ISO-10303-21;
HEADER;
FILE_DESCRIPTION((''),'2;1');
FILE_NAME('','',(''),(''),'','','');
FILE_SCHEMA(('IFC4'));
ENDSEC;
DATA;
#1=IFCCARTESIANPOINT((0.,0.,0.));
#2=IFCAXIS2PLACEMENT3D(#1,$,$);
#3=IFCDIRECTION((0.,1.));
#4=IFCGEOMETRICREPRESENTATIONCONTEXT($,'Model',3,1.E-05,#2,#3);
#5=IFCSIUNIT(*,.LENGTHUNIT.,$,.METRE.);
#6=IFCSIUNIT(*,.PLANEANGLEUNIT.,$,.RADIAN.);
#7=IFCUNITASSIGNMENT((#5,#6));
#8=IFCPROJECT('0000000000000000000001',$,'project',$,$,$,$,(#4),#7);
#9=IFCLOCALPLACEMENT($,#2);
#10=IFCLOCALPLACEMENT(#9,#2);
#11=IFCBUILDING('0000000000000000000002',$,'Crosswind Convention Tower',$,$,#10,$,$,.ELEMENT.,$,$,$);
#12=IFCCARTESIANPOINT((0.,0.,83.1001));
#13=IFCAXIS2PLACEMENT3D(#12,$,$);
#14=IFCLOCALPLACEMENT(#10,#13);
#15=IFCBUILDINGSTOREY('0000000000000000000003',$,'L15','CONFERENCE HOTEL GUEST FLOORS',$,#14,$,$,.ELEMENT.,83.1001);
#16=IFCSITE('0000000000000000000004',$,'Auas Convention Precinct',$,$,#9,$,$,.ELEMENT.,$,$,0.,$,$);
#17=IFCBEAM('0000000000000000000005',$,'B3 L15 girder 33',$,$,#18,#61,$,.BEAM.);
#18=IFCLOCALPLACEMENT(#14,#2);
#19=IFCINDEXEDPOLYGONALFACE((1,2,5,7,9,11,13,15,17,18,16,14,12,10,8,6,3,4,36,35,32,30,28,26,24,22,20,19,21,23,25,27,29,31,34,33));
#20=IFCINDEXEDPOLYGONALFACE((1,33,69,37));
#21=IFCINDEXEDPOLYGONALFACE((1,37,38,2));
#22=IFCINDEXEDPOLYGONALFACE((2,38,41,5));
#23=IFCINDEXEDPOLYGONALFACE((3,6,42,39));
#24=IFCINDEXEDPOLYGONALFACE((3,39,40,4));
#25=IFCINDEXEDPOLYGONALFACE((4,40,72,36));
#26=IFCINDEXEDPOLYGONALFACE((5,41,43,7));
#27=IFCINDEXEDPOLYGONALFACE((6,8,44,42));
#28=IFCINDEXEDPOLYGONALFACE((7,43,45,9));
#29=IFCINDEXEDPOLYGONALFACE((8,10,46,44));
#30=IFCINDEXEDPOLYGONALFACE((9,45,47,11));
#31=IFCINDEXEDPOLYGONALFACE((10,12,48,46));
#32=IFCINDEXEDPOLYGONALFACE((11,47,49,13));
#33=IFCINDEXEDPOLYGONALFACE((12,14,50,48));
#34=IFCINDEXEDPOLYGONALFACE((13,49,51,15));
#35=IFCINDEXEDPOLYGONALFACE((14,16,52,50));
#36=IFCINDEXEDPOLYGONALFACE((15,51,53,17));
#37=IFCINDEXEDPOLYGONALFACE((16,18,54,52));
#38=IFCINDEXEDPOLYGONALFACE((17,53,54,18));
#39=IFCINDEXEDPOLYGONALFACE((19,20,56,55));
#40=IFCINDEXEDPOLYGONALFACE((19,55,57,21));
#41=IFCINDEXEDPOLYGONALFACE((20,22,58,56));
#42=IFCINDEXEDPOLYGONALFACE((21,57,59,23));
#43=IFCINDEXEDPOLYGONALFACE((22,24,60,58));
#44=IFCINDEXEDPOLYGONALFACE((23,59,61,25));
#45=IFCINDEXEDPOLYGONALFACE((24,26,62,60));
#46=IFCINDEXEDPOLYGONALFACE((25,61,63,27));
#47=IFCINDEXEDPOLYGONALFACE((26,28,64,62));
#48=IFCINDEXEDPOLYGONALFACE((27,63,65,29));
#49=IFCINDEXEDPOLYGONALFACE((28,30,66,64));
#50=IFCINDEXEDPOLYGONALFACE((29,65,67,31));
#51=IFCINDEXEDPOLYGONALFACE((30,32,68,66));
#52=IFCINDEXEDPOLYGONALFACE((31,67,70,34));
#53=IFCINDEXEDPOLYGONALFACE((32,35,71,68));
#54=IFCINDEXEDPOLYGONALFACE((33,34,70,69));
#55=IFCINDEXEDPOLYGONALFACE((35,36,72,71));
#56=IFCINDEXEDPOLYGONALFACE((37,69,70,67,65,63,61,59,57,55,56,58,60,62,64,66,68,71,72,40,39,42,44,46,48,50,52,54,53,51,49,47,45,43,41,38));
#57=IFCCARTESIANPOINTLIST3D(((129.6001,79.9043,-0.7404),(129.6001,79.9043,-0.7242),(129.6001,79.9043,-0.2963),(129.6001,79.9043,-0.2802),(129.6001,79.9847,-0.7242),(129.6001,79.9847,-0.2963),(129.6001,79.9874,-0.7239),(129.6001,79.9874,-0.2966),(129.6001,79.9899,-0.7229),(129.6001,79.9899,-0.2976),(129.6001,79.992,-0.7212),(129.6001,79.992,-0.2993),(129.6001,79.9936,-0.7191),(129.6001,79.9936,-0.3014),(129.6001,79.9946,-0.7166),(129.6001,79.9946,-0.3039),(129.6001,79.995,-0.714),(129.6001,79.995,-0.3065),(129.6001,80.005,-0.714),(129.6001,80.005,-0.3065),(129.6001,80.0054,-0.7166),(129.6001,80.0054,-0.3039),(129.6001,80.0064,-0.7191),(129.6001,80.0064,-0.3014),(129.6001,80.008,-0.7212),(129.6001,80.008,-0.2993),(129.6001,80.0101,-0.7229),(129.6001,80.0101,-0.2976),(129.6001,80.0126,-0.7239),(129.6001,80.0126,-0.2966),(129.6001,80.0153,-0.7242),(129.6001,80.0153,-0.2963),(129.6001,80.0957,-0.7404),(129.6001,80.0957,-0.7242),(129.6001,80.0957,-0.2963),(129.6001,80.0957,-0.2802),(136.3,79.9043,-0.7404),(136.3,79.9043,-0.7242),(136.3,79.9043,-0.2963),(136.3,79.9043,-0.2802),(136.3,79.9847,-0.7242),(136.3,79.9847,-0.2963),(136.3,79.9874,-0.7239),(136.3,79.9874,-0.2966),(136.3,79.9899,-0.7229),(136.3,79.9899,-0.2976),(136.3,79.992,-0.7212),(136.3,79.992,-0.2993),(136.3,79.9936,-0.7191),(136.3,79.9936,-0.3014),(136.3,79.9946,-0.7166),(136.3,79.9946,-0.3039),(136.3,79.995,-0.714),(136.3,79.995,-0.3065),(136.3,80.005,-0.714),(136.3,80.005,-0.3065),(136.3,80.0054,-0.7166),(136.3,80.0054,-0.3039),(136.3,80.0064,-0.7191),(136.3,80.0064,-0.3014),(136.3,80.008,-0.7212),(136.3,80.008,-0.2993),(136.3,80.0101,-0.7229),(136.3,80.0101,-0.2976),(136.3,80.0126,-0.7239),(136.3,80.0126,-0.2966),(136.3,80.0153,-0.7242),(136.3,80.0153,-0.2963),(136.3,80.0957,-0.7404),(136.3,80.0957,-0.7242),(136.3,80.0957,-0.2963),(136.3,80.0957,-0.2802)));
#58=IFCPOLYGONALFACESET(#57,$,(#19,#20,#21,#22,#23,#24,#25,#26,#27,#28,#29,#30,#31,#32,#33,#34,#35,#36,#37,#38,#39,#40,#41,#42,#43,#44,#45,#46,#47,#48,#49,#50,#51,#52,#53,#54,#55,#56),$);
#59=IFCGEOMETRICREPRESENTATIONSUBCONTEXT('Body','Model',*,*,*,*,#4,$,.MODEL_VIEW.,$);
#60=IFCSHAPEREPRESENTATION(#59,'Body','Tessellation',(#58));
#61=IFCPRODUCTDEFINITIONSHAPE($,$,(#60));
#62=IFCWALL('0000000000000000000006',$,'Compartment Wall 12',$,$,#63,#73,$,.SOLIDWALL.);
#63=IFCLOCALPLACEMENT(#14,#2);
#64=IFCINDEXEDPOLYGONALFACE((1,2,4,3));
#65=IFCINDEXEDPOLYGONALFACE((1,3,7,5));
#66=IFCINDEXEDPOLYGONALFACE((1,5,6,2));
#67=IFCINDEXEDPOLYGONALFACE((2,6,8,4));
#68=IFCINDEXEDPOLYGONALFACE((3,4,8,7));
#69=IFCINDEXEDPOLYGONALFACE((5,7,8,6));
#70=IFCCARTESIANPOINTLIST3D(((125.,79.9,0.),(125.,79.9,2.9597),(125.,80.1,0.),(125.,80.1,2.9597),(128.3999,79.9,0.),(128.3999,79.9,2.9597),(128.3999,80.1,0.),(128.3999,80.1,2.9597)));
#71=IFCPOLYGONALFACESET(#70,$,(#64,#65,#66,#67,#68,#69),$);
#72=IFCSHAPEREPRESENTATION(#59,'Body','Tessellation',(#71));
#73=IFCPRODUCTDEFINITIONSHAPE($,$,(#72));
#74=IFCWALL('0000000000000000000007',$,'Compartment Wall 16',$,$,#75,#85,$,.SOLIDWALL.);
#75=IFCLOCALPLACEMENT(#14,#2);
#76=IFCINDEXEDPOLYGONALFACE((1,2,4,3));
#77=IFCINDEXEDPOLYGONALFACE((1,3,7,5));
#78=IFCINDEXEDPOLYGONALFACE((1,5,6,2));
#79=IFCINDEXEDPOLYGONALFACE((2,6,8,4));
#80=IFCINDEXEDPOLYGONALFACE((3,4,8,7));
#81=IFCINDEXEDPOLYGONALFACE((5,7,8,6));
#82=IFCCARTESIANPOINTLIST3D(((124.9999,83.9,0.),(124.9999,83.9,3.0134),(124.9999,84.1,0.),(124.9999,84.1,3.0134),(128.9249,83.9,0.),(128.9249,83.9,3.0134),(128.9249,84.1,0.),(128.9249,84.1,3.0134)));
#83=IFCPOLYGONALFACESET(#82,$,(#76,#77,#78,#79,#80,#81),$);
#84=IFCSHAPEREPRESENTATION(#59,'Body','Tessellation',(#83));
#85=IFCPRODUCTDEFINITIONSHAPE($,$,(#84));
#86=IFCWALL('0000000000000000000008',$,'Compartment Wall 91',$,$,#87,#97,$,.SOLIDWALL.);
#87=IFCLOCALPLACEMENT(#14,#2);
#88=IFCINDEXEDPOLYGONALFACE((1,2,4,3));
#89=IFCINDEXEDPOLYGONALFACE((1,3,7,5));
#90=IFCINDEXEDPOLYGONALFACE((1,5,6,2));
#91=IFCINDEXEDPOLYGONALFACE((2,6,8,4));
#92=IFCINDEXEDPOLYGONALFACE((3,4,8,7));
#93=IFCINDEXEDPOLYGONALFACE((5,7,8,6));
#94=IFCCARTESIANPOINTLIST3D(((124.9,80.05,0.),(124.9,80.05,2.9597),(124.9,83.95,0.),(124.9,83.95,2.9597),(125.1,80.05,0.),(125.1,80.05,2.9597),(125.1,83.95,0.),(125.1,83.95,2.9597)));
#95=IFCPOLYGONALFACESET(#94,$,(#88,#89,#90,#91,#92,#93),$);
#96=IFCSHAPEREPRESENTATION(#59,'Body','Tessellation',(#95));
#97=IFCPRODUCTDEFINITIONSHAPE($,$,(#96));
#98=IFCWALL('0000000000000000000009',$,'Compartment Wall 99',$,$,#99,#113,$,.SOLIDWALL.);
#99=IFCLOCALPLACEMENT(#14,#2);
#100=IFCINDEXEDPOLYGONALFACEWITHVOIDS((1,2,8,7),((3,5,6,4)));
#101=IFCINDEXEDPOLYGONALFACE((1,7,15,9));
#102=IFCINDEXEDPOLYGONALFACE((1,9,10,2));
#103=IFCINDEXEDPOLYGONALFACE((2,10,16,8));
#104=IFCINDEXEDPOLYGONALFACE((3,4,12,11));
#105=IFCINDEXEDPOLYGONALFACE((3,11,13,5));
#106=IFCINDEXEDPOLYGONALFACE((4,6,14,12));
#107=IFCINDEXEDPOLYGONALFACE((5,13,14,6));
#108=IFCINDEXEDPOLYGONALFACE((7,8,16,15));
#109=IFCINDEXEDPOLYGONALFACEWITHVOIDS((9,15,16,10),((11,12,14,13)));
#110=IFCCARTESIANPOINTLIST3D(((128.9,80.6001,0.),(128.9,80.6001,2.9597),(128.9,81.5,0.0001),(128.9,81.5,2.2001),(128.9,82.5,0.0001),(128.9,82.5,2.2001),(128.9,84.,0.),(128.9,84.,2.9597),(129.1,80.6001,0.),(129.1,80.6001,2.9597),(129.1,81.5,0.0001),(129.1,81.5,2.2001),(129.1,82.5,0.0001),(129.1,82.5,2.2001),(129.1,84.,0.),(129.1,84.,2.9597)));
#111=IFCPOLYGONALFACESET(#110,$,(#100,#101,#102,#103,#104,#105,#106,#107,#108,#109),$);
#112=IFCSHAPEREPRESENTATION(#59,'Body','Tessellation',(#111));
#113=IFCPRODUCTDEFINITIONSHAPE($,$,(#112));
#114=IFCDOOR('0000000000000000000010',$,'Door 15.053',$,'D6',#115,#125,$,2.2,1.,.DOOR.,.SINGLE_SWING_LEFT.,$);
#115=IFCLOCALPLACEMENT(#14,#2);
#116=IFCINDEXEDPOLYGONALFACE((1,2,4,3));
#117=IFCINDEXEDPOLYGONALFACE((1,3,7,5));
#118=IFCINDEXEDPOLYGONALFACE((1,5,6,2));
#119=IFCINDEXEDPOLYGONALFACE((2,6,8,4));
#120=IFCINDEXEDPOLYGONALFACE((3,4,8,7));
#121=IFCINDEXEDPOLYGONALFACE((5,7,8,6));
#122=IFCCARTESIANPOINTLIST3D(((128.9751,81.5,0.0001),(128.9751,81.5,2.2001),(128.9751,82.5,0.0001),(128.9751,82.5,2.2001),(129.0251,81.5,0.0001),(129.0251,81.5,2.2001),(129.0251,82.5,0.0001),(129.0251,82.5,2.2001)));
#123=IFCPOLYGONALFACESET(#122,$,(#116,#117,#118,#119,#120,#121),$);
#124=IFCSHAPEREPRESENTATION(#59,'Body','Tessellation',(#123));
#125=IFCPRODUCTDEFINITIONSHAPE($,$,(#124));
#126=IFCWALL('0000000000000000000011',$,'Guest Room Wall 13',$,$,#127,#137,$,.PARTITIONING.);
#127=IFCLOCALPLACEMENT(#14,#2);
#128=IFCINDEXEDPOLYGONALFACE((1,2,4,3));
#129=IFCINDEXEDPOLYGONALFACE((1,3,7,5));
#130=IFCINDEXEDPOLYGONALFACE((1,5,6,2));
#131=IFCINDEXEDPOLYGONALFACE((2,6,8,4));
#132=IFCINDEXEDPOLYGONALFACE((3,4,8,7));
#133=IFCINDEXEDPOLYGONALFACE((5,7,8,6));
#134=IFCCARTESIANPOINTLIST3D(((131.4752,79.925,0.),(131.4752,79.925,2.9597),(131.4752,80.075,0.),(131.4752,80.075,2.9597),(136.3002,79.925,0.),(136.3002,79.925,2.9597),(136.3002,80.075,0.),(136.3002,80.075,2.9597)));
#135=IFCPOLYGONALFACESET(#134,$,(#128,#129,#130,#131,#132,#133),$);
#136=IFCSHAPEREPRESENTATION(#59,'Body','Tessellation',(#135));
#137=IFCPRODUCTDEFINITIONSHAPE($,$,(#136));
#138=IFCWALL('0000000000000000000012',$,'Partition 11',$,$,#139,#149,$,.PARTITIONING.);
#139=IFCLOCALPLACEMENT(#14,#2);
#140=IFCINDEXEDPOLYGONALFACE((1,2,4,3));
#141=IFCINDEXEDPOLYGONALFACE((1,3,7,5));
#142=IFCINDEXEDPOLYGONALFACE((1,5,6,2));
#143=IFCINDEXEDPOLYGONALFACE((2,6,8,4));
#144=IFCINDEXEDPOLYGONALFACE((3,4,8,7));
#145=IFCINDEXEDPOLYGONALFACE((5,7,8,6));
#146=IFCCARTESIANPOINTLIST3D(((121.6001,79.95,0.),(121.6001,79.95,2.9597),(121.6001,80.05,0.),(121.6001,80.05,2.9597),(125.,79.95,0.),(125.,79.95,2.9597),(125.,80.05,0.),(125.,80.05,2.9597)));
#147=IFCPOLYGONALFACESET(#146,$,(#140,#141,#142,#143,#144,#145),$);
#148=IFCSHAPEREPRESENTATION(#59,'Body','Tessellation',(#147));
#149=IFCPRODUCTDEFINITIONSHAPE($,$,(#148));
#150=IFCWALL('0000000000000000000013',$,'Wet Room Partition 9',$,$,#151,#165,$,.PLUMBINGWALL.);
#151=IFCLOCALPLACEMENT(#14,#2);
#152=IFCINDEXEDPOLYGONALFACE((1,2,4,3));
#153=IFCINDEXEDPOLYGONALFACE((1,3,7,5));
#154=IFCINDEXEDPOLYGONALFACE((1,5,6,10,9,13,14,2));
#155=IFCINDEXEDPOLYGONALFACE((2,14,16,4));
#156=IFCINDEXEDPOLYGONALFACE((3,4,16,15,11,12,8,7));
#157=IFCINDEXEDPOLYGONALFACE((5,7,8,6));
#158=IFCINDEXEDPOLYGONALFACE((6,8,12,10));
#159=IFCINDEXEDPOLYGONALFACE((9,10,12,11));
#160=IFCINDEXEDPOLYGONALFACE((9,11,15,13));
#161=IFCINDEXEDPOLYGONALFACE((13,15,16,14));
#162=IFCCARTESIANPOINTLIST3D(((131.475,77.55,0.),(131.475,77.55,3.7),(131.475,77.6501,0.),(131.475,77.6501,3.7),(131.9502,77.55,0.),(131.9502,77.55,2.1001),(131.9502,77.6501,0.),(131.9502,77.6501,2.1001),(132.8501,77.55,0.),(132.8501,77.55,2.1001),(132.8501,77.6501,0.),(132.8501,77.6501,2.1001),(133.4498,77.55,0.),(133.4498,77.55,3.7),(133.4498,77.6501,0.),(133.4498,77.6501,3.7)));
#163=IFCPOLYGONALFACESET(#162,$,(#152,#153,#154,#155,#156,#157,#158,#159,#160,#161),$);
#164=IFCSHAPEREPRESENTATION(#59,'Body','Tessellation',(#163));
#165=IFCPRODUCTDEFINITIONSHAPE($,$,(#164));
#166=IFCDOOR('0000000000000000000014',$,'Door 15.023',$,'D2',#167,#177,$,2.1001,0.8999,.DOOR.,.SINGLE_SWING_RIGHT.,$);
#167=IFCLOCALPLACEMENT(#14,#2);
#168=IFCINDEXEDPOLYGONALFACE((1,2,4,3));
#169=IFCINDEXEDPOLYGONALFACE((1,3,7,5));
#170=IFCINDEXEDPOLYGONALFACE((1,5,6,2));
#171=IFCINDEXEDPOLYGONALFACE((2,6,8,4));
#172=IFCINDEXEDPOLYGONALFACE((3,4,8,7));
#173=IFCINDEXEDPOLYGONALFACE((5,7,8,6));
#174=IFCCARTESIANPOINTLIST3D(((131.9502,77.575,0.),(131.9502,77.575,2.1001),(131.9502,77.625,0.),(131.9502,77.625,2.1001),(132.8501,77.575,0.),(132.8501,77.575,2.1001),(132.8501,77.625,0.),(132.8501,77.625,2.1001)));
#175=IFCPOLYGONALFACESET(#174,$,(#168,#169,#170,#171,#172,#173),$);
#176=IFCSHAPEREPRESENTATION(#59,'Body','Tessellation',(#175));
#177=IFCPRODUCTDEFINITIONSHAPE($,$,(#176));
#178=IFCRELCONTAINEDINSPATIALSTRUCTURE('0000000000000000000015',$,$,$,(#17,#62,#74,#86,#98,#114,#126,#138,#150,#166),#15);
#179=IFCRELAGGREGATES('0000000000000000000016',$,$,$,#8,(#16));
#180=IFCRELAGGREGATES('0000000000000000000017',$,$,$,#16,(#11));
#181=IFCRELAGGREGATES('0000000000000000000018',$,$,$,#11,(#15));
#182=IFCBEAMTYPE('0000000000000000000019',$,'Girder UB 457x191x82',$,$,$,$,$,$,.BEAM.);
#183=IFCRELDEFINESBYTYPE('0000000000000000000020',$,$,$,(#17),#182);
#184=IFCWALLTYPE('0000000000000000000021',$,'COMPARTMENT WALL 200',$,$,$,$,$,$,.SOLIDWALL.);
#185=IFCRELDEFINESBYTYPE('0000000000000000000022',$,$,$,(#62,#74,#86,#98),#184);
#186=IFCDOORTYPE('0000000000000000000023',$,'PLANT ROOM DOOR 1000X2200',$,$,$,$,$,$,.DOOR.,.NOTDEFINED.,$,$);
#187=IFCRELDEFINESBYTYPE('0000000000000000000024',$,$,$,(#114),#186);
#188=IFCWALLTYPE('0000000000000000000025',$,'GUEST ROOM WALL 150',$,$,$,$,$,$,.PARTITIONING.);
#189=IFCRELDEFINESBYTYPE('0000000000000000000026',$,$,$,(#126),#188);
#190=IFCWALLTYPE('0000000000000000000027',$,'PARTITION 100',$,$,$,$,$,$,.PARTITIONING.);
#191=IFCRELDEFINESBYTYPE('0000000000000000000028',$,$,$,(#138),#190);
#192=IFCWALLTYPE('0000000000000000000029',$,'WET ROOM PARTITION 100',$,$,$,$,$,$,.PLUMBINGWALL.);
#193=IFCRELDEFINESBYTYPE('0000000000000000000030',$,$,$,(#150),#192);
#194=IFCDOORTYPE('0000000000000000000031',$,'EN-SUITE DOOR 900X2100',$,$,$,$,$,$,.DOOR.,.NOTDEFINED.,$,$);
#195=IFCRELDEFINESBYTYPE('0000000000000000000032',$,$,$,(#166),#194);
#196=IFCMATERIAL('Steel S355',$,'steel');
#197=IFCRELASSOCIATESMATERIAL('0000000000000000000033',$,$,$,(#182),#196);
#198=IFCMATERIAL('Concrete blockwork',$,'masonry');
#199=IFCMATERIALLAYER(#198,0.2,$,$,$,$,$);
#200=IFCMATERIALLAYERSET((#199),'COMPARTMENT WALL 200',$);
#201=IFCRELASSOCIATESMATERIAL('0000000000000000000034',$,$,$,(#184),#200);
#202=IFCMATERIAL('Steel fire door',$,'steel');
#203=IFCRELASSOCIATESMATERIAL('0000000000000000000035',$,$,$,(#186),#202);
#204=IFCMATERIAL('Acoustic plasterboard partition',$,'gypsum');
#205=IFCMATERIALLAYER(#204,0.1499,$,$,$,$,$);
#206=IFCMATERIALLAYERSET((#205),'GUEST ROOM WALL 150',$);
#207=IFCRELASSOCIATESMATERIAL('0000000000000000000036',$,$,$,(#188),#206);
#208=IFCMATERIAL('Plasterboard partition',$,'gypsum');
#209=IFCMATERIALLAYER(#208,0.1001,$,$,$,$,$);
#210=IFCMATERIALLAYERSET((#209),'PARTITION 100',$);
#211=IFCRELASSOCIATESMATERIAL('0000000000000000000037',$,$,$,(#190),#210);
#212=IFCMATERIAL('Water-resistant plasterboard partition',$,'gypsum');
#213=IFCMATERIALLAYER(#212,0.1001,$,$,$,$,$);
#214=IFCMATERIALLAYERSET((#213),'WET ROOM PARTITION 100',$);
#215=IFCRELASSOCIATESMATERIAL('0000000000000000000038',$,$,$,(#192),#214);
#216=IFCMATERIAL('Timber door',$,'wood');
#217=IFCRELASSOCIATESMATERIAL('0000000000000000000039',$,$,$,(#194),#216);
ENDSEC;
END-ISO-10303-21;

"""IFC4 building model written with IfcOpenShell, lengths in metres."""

from ifc_helpers import new_model, si_unit, direction, frame, frame_2d, origin, origin_2d, place, context, subcontext, project, spatial, rectangle, i_section, extrude, material, layer, layer_set, material_profile, profile_set, type_object, element, fill, save


model = new_model("IFC4")

# Units and contexts
model_context = context("Model", 3, precision=1e-05, world=origin(), true_north=direction((0.0, 1.0)))
body_context = subcontext(model_context, "Body", "Model", "MODEL_VIEW")
ifc_project = project(units=[si_unit("LENGTHUNIT", "METRE"), si_unit("PLANEANGLEUNIT", "RADIAN")], contexts=[model_context])

# Site, building, storey
site_placement = place(None, origin())
site = spatial("IfcSite", under=ifc_project, at=site_placement, Name="Auas Convention Precinct", CompositionType="ELEMENT", RefElevation=0.0)
building_placement = place(site_placement, origin())
building = spatial("IfcBuilding", under=site, at=building_placement, Name="Crosswind Convention Tower", CompositionType="ELEMENT")
storey_placement = place(building_placement, frame((0.0, 0.0, 83.1001)))
storey = spatial("IfcBuildingStorey", under=building, at=storey_placement, Name="L15", Description="CONFERENCE HOTEL GUEST FLOORS", CompositionType="ELEMENT", Elevation=83.1001)

# Beam
ifc_material_1 = material(Name="Steel S355", Category="steel")
ifc_material_profile_1 = material_profile(ifc_material_1, i_section(OverallWidth=0.1914, OverallDepth=0.4602, WebThickness=0.01, FlangeThickness=0.0161, FilletRadius=0.0103, at=origin_2d()), Name="UB 457x191x82")
ifc_profile_set_1 = profile_set([ifc_material_profile_1], Name="Steel S355")
beam_type_1 = type_object("IfcBeamType", Name="Girder UB 457x191x82", PredefinedType="BEAM", material=ifc_profile_set_1)
beam_1_placement = place(storey_placement, frame((129.6001, 80.0, -0.5103), z_axis=(1.0, 0.0, 0.0), x_axis=(0.0, 1.0, 0.0)))
element("IfcBeam", 1, at=beam_1_placement, inside=storey, type_object=beam_type_1, Name="B3 L15 girder 33", PredefinedType="BEAM", context=body_context, shape_type="SweptSolid", body=[
    extrude(i_section(OverallWidth=0.1914, OverallDepth=0.4602, WebThickness=0.01, FlangeThickness=0.0161, FilletRadius=0.0103, at=origin_2d()), origin(), (0.0, 0.0, 1.0), 6.7),
])

# Walls
ifc_material_2 = material(Name="Concrete blockwork", Category="masonry")
ifc_layer_1 = layer(ifc_material_2, 0.2)
ifc_layer_set_1 = layer_set([ifc_layer_1], Name="COMPARTMENT WALL 200")
wall_type_1 = type_object("IfcWallType", Name="COMPARTMENT WALL 200", PredefinedType="SOLIDWALL", material=ifc_layer_set_1)
wall_1_placement = place(storey_placement, frame((125.0, 80.0, 0.0), z_axis=(0.0, 0.0, 1.0), x_axis=(1.0, 0.0, 0.0)))
element("IfcWall", 2, at=wall_1_placement, inside=storey, type_object=wall_type_1, Name="Compartment Wall 12", PredefinedType="SOLIDWALL", context=body_context, shape_type="SweptSolid", body=[
    extrude(rectangle(XDim=3.3999, YDim=0.2, at=frame_2d((1.7, 0.0))), origin(), (0.0, 0.0, 1.0), 2.9597),
])
wall_2_placement = place(storey_placement, frame((125.0, 84.0, 0.0), z_axis=(0.0, 0.0, 1.0), x_axis=(1.0, 0.0, 0.0)))
element("IfcWall", 3, at=wall_2_placement, inside=storey, type_object=wall_type_1, Name="Compartment Wall 16", PredefinedType="SOLIDWALL", context=body_context, shape_type="SweptSolid", body=[
    extrude(rectangle(XDim=3.925, YDim=0.2, at=frame_2d((1.9624, 0.0))), origin(), (0.0, 0.0, 1.0), 3.0134),
])
wall_3_placement = place(storey_placement, frame((125.0, 80.05, 0.0), z_axis=(0.0, 0.0, 1.0), x_axis=(0.0, 1.0, 0.0)))
element("IfcWall", 4, at=wall_3_placement, inside=storey, type_object=wall_type_1, Name="Compartment Wall 91", PredefinedType="SOLIDWALL", context=body_context, shape_type="SweptSolid", body=[
    extrude(rectangle(XDim=3.8999, YDim=0.2, at=frame_2d((1.95, 0.0))), origin(), (0.0, 0.0, 1.0), 2.9597),
])

# Wall, opening, door
wall_4_placement = place(storey_placement, frame((129.0, 80.6001, 0.0), z_axis=(0.0, 0.0, 1.0), x_axis=(0.0, 1.0, 0.0)))
wall_4 = element("IfcWall", 5, at=wall_4_placement, inside=storey, type_object=wall_type_1, Name="Compartment Wall 99", PredefinedType="SOLIDWALL", context=body_context, shape_type="SweptSolid", body=[
    extrude(rectangle(XDim=3.3999, YDim=0.2, at=frame_2d((1.7, 0.0))), origin(), (0.0, 0.0, 1.0), 2.9597),
])
opening_1_placement = place(wall_4_placement, frame((0.8999, 0.0, 0.0)))
opening_1 = element("IfcOpeningElement", 6, at=opening_1_placement, cuts=wall_4, PredefinedType="OPENING", context=body_context, shape_type="SweptSolid", body=[
    extrude(rectangle(XDim=1.0, YDim=2.2, at=frame_2d((0.5, 1.1001))), frame((0.0, 0.1099, 0.0), z_axis=(0.0, -1.0, 0.0), x_axis=(1.0, 0.0, 0.0)), (0.0, 0.0, 1.0), 0.22),
])
ifc_material_3 = material(Name="Steel fire door", Category="steel")
door_type_1 = type_object("IfcDoorType", Name="PLANT ROOM DOOR 1000X2200", OperationType="NOTDEFINED", PredefinedType="DOOR", material=ifc_material_3)
door_1_placement = place(opening_1_placement, origin())
door_1 = element("IfcDoor", 7, at=door_1_placement, inside=storey, type_object=door_type_1, Name="Door 15.053", ObjectType="D6", OperationType="SINGLE_SWING_LEFT", OverallHeight=2.2, OverallWidth=1.0, PredefinedType="DOOR", context=body_context, shape_type="SweptSolid", body=[
    extrude(rectangle(XDim=1.0, YDim=2.2, at=frame_2d((0.5, 1.1001))), frame((0.0, 0.0249, 0.0), z_axis=(0.0, -1.0, 0.0), x_axis=(1.0, 0.0, 0.0)), (0.0, 0.0, 1.0), 0.05),
])
fill(opening_1, door_1)

# Walls
ifc_material_4 = material(Name="Acoustic plasterboard partition", Category="gypsum")
ifc_layer_2 = layer(ifc_material_4, 0.1499)
ifc_layer_set_2 = layer_set([ifc_layer_2], Name="GUEST ROOM WALL 150")
wall_type_2 = type_object("IfcWallType", Name="GUEST ROOM WALL 150", PredefinedType="PARTITIONING", material=ifc_layer_set_2)
wall_5_placement = place(storey_placement, frame((131.4751, 80.0, 0.0), z_axis=(0.0, 0.0, 1.0), x_axis=(1.0, 0.0, 0.0)))
element("IfcWall", 8, at=wall_5_placement, inside=storey, type_object=wall_type_2, Name="Guest Room Wall 13", PredefinedType="PARTITIONING", context=body_context, shape_type="SweptSolid", body=[
    extrude(rectangle(XDim=4.825, YDim=0.1499, at=frame_2d((2.4126, 0.0))), origin(), (0.0, 0.0, 1.0), 2.9597),
])
ifc_material_5 = material(Name="Plasterboard partition", Category="gypsum")
ifc_layer_3 = layer(ifc_material_5, 0.1001)
ifc_layer_set_3 = layer_set([ifc_layer_3], Name="PARTITION 100")
wall_type_3 = type_object("IfcWallType", Name="PARTITION 100", PredefinedType="PARTITIONING", material=ifc_layer_set_3)
wall_6_placement = place(storey_placement, frame((121.6001, 80.0, 0.0), z_axis=(0.0, 0.0, 1.0), x_axis=(1.0, 0.0, 0.0)))
element("IfcWall", 9, at=wall_6_placement, inside=storey, type_object=wall_type_3, Name="Partition 11", PredefinedType="PARTITIONING", context=body_context, shape_type="SweptSolid", body=[
    extrude(rectangle(XDim=3.3999, YDim=0.1001, at=frame_2d((1.7, 0.0))), origin(), (0.0, 0.0, 1.0), 2.9597),
])

# Wall, opening, door
ifc_material_6 = material(Name="Water-resistant plasterboard partition", Category="gypsum")
ifc_layer_4 = layer(ifc_material_6, 0.1001)
ifc_layer_set_4 = layer_set([ifc_layer_4], Name="WET ROOM PARTITION 100")
wall_type_4 = type_object("IfcWallType", Name="WET ROOM PARTITION 100", PredefinedType="PLUMBINGWALL", material=ifc_layer_set_4)
wall_7_placement = place(storey_placement, frame((131.4751, 77.6001, 0.0), z_axis=(0.0, 0.0, 1.0), x_axis=(1.0, 0.0, 0.0)))
wall_7 = element("IfcWall", 10, at=wall_7_placement, inside=storey, type_object=wall_type_4, Name="Wet Room Partition 9", PredefinedType="PLUMBINGWALL", context=body_context, shape_type="SweptSolid", body=[
    extrude(rectangle(XDim=1.9749, YDim=0.1001, at=frame_2d((0.9873, 0.0))), origin(), (0.0, 0.0, 1.0), 3.7),
])
opening_2_placement = place(wall_7_placement, frame((0.4751, 0.0, 0.0)))
opening_2 = element("IfcOpeningElement", 11, at=opening_2_placement, cuts=wall_7, PredefinedType="OPENING", context=body_context, shape_type="SweptSolid", body=[
    extrude(rectangle(XDim=0.8999, YDim=2.1001, at=frame_2d((0.45, 1.05))), frame((0.0, 0.0601, 0.0), z_axis=(0.0, -1.0, 0.0), x_axis=(1.0, 0.0, 0.0)), (0.0, 0.0, 1.0), 0.1201),
])
ifc_material_7 = material(Name="Timber door", Category="wood")
door_type_2 = type_object("IfcDoorType", Name="EN-SUITE DOOR 900X2100", OperationType="NOTDEFINED", PredefinedType="DOOR", material=ifc_material_7)
door_2_placement = place(opening_2_placement, origin())
door_2 = element("IfcDoor", 12, at=door_2_placement, inside=storey, type_object=door_type_2, Name="Door 15.023", ObjectType="D2", OperationType="SINGLE_SWING_RIGHT", OverallHeight=2.1001, OverallWidth=0.8999, PredefinedType="DOOR", context=body_context, shape_type="SweptSolid", body=[
    extrude(rectangle(XDim=0.8999, YDim=2.1001, at=frame_2d((0.45, 1.05))), frame((0.0, 0.0249, 0.0), z_axis=(0.0, -1.0, 0.0), x_axis=(1.0, 0.0, 0.0)), (0.0, 0.0, 1.0), 0.05),
])
fill(opening_2, door_2)

save(model, "model.ifc")
